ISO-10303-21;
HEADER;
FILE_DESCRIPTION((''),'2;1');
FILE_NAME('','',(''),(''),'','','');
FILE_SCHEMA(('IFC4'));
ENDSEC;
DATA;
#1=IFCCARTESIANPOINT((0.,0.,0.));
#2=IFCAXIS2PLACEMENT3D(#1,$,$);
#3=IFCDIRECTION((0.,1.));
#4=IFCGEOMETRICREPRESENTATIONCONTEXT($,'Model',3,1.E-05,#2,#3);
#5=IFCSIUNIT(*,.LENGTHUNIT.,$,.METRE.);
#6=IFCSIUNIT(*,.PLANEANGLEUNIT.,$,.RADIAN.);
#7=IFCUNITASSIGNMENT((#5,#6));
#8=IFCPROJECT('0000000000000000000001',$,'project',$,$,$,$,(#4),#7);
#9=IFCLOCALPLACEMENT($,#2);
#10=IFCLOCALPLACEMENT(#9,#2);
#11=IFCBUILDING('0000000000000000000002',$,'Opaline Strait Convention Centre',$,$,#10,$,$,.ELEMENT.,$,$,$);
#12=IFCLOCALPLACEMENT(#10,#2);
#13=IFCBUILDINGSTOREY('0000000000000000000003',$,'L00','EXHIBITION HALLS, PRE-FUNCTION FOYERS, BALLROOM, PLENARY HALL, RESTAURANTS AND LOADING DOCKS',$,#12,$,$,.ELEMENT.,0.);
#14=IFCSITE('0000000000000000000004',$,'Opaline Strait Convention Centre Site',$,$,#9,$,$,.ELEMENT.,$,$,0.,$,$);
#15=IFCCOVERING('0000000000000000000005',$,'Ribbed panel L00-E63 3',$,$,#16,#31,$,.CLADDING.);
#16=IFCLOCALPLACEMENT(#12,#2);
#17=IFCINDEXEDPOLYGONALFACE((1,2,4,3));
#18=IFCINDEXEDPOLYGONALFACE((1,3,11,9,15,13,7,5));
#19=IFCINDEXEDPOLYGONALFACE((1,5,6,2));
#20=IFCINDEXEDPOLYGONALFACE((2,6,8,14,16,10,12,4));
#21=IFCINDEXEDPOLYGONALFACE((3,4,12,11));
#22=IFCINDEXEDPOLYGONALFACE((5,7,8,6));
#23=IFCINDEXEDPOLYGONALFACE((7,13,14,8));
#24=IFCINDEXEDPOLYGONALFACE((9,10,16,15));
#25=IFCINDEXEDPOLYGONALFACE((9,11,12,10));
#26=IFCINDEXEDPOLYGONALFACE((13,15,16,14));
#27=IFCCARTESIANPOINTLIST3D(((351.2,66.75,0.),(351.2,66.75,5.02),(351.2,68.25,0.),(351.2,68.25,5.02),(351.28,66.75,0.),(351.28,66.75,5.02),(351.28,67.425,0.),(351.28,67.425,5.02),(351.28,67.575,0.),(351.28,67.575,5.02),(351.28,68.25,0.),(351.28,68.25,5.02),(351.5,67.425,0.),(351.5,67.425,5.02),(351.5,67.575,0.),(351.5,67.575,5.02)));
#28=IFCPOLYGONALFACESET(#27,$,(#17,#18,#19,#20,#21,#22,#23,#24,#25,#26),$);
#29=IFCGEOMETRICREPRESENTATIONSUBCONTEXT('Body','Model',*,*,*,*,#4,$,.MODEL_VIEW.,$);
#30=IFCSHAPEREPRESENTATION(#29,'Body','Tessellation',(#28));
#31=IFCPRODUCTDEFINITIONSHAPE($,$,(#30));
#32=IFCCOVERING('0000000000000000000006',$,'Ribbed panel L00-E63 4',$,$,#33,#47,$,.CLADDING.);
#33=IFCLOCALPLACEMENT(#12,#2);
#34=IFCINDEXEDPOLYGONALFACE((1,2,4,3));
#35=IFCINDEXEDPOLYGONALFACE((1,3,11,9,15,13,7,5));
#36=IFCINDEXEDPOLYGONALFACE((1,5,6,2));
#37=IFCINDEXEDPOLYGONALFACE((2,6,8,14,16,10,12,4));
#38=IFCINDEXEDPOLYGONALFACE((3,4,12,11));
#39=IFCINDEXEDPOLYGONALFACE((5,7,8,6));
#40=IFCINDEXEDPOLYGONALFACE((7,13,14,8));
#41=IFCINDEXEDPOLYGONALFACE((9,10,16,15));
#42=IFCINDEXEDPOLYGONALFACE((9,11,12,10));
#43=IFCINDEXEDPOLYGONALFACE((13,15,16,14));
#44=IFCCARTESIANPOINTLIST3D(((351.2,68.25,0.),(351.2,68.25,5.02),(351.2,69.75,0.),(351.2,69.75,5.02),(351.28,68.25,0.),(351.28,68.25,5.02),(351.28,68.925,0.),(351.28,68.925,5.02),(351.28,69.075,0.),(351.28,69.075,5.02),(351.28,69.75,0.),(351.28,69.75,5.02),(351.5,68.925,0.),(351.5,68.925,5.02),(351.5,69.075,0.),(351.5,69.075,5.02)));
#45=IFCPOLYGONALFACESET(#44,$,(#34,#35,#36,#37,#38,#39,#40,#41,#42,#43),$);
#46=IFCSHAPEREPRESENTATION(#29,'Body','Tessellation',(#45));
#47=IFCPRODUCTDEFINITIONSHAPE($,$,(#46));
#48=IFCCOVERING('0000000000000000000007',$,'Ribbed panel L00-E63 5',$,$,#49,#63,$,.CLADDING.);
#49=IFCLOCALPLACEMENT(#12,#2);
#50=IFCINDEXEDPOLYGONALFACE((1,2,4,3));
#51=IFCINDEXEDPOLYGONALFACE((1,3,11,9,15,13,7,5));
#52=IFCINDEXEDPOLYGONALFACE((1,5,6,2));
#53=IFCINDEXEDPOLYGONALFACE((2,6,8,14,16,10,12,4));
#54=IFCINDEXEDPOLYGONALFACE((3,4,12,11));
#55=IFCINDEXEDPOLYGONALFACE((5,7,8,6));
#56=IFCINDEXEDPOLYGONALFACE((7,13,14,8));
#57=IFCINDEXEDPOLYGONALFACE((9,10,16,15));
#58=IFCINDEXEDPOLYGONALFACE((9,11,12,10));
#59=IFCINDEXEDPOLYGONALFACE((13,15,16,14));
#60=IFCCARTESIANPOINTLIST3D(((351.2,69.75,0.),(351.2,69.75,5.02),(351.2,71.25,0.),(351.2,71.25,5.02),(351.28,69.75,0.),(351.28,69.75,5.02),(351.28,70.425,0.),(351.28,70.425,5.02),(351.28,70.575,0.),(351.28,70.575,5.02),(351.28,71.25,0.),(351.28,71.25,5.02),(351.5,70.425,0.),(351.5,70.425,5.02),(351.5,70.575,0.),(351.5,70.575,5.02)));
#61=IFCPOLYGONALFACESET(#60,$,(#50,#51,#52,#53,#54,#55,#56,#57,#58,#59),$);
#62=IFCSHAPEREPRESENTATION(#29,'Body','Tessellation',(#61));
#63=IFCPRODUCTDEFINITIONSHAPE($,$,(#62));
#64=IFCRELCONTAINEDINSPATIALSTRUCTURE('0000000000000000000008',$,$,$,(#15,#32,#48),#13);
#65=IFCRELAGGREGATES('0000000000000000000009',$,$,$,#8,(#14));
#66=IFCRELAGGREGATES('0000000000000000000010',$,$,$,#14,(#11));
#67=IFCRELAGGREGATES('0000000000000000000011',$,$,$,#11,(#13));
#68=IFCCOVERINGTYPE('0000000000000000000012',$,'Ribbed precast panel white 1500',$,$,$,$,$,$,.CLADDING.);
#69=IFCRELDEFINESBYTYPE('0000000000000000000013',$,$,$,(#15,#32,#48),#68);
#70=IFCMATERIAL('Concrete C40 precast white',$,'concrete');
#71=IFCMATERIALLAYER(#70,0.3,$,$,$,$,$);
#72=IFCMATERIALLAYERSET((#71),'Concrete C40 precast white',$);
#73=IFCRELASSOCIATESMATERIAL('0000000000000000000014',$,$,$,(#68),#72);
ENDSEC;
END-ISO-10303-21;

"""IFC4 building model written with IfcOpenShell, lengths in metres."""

from ifc_helpers import new_model, si_unit, direction, origin, place, context, subcontext, project, spatial, polyline, outline, extrude, material, layer, layer_set, type_object, element, save


model = new_model("IFC4")

# Units and contexts
model_context = context("Model", 3, precision=1e-05, world=origin(), true_north=direction((0.0, 1.0)))
body_context = subcontext(model_context, "Body", "Model", "MODEL_VIEW")
ifc_project = project(units=[si_unit("LENGTHUNIT", "METRE"), si_unit("PLANEANGLEUNIT", "RADIAN")], contexts=[model_context])

# Site, building, storey
site_placement = place(None, origin())
site = spatial("IfcSite", under=ifc_project, at=site_placement, Name="Opaline Strait Convention Centre Site", CompositionType="ELEMENT", RefElevation=0.0)
building_placement = place(site_placement, origin())
building = spatial("IfcBuilding", under=site, at=building_placement, Name="Opaline Strait Convention Centre", CompositionType="ELEMENT")
storey_placement = place(building_placement, origin())
storey = spatial("IfcBuildingStorey", under=building, at=storey_placement, Name="L00", Description="EXHIBITION HALLS, PRE-FUNCTION FOYERS, BALLROOM, PLENARY HALL, RESTAURANTS AND LOADING DOCKS", CompositionType="ELEMENT", Elevation=0.0)

# Coverings
ifc_material = material(Name="Concrete C40 precast white", Category="concrete")
ifc_layer = layer(ifc_material, 0.3)
ifc_layer_set = layer_set([ifc_layer], Name="Concrete C40 precast white")
covering_type = type_object("IfcCoveringType", Name="Ribbed precast panel white 1500", PredefinedType="CLADDING", material=ifc_layer_set)
covering_1_placement = place(storey_placement, origin())
element("IfcCovering", 1, at=covering_1_placement, inside=storey, type_object=covering_type, Name="Ribbed panel L00-E63 3", PredefinedType="CLADDING", context=body_context, shape_type="SweptSolid", body=[
    extrude(outline(polyline([(351.2, 66.75), (351.2, 68.25), (351.28, 68.25), (351.28, 67.575), (351.5, 67.575), (351.5, 67.425), (351.28, 67.425), (351.28, 66.75), (351.2, 66.75)])), origin(), (0.0, 0.0, 1.0), 5.02),
])
covering_2_placement = place(storey_placement, origin())
element("IfcCovering", 2, at=covering_2_placement, inside=storey, type_object=covering_type, Name="Ribbed panel L00-E63 4", PredefinedType="CLADDING", context=body_context, shape_type="SweptSolid", body=[
    extrude(outline(polyline([(351.2, 68.25), (351.2, 69.75), (351.28, 69.75), (351.28, 69.075), (351.5, 69.075), (351.5, 68.925), (351.28, 68.925), (351.28, 68.25), (351.2, 68.25)])), origin(), (0.0, 0.0, 1.0), 5.02),
])
covering_3_placement = place(storey_placement, origin())
element("IfcCovering", 3, at=covering_3_placement, inside=storey, type_object=covering_type, Name="Ribbed panel L00-E63 5", PredefinedType="CLADDING", context=body_context, shape_type="SweptSolid", body=[
    extrude(outline(polyline([(351.2, 69.75), (351.2, 71.25), (351.28, 71.25), (351.28, 70.575), (351.5, 70.575), (351.5, 70.425), (351.28, 70.425), (351.28, 69.75), (351.2, 69.75)])), origin(), (0.0, 0.0, 1.0), 5.02),
])

save(model, "model.ifc")
